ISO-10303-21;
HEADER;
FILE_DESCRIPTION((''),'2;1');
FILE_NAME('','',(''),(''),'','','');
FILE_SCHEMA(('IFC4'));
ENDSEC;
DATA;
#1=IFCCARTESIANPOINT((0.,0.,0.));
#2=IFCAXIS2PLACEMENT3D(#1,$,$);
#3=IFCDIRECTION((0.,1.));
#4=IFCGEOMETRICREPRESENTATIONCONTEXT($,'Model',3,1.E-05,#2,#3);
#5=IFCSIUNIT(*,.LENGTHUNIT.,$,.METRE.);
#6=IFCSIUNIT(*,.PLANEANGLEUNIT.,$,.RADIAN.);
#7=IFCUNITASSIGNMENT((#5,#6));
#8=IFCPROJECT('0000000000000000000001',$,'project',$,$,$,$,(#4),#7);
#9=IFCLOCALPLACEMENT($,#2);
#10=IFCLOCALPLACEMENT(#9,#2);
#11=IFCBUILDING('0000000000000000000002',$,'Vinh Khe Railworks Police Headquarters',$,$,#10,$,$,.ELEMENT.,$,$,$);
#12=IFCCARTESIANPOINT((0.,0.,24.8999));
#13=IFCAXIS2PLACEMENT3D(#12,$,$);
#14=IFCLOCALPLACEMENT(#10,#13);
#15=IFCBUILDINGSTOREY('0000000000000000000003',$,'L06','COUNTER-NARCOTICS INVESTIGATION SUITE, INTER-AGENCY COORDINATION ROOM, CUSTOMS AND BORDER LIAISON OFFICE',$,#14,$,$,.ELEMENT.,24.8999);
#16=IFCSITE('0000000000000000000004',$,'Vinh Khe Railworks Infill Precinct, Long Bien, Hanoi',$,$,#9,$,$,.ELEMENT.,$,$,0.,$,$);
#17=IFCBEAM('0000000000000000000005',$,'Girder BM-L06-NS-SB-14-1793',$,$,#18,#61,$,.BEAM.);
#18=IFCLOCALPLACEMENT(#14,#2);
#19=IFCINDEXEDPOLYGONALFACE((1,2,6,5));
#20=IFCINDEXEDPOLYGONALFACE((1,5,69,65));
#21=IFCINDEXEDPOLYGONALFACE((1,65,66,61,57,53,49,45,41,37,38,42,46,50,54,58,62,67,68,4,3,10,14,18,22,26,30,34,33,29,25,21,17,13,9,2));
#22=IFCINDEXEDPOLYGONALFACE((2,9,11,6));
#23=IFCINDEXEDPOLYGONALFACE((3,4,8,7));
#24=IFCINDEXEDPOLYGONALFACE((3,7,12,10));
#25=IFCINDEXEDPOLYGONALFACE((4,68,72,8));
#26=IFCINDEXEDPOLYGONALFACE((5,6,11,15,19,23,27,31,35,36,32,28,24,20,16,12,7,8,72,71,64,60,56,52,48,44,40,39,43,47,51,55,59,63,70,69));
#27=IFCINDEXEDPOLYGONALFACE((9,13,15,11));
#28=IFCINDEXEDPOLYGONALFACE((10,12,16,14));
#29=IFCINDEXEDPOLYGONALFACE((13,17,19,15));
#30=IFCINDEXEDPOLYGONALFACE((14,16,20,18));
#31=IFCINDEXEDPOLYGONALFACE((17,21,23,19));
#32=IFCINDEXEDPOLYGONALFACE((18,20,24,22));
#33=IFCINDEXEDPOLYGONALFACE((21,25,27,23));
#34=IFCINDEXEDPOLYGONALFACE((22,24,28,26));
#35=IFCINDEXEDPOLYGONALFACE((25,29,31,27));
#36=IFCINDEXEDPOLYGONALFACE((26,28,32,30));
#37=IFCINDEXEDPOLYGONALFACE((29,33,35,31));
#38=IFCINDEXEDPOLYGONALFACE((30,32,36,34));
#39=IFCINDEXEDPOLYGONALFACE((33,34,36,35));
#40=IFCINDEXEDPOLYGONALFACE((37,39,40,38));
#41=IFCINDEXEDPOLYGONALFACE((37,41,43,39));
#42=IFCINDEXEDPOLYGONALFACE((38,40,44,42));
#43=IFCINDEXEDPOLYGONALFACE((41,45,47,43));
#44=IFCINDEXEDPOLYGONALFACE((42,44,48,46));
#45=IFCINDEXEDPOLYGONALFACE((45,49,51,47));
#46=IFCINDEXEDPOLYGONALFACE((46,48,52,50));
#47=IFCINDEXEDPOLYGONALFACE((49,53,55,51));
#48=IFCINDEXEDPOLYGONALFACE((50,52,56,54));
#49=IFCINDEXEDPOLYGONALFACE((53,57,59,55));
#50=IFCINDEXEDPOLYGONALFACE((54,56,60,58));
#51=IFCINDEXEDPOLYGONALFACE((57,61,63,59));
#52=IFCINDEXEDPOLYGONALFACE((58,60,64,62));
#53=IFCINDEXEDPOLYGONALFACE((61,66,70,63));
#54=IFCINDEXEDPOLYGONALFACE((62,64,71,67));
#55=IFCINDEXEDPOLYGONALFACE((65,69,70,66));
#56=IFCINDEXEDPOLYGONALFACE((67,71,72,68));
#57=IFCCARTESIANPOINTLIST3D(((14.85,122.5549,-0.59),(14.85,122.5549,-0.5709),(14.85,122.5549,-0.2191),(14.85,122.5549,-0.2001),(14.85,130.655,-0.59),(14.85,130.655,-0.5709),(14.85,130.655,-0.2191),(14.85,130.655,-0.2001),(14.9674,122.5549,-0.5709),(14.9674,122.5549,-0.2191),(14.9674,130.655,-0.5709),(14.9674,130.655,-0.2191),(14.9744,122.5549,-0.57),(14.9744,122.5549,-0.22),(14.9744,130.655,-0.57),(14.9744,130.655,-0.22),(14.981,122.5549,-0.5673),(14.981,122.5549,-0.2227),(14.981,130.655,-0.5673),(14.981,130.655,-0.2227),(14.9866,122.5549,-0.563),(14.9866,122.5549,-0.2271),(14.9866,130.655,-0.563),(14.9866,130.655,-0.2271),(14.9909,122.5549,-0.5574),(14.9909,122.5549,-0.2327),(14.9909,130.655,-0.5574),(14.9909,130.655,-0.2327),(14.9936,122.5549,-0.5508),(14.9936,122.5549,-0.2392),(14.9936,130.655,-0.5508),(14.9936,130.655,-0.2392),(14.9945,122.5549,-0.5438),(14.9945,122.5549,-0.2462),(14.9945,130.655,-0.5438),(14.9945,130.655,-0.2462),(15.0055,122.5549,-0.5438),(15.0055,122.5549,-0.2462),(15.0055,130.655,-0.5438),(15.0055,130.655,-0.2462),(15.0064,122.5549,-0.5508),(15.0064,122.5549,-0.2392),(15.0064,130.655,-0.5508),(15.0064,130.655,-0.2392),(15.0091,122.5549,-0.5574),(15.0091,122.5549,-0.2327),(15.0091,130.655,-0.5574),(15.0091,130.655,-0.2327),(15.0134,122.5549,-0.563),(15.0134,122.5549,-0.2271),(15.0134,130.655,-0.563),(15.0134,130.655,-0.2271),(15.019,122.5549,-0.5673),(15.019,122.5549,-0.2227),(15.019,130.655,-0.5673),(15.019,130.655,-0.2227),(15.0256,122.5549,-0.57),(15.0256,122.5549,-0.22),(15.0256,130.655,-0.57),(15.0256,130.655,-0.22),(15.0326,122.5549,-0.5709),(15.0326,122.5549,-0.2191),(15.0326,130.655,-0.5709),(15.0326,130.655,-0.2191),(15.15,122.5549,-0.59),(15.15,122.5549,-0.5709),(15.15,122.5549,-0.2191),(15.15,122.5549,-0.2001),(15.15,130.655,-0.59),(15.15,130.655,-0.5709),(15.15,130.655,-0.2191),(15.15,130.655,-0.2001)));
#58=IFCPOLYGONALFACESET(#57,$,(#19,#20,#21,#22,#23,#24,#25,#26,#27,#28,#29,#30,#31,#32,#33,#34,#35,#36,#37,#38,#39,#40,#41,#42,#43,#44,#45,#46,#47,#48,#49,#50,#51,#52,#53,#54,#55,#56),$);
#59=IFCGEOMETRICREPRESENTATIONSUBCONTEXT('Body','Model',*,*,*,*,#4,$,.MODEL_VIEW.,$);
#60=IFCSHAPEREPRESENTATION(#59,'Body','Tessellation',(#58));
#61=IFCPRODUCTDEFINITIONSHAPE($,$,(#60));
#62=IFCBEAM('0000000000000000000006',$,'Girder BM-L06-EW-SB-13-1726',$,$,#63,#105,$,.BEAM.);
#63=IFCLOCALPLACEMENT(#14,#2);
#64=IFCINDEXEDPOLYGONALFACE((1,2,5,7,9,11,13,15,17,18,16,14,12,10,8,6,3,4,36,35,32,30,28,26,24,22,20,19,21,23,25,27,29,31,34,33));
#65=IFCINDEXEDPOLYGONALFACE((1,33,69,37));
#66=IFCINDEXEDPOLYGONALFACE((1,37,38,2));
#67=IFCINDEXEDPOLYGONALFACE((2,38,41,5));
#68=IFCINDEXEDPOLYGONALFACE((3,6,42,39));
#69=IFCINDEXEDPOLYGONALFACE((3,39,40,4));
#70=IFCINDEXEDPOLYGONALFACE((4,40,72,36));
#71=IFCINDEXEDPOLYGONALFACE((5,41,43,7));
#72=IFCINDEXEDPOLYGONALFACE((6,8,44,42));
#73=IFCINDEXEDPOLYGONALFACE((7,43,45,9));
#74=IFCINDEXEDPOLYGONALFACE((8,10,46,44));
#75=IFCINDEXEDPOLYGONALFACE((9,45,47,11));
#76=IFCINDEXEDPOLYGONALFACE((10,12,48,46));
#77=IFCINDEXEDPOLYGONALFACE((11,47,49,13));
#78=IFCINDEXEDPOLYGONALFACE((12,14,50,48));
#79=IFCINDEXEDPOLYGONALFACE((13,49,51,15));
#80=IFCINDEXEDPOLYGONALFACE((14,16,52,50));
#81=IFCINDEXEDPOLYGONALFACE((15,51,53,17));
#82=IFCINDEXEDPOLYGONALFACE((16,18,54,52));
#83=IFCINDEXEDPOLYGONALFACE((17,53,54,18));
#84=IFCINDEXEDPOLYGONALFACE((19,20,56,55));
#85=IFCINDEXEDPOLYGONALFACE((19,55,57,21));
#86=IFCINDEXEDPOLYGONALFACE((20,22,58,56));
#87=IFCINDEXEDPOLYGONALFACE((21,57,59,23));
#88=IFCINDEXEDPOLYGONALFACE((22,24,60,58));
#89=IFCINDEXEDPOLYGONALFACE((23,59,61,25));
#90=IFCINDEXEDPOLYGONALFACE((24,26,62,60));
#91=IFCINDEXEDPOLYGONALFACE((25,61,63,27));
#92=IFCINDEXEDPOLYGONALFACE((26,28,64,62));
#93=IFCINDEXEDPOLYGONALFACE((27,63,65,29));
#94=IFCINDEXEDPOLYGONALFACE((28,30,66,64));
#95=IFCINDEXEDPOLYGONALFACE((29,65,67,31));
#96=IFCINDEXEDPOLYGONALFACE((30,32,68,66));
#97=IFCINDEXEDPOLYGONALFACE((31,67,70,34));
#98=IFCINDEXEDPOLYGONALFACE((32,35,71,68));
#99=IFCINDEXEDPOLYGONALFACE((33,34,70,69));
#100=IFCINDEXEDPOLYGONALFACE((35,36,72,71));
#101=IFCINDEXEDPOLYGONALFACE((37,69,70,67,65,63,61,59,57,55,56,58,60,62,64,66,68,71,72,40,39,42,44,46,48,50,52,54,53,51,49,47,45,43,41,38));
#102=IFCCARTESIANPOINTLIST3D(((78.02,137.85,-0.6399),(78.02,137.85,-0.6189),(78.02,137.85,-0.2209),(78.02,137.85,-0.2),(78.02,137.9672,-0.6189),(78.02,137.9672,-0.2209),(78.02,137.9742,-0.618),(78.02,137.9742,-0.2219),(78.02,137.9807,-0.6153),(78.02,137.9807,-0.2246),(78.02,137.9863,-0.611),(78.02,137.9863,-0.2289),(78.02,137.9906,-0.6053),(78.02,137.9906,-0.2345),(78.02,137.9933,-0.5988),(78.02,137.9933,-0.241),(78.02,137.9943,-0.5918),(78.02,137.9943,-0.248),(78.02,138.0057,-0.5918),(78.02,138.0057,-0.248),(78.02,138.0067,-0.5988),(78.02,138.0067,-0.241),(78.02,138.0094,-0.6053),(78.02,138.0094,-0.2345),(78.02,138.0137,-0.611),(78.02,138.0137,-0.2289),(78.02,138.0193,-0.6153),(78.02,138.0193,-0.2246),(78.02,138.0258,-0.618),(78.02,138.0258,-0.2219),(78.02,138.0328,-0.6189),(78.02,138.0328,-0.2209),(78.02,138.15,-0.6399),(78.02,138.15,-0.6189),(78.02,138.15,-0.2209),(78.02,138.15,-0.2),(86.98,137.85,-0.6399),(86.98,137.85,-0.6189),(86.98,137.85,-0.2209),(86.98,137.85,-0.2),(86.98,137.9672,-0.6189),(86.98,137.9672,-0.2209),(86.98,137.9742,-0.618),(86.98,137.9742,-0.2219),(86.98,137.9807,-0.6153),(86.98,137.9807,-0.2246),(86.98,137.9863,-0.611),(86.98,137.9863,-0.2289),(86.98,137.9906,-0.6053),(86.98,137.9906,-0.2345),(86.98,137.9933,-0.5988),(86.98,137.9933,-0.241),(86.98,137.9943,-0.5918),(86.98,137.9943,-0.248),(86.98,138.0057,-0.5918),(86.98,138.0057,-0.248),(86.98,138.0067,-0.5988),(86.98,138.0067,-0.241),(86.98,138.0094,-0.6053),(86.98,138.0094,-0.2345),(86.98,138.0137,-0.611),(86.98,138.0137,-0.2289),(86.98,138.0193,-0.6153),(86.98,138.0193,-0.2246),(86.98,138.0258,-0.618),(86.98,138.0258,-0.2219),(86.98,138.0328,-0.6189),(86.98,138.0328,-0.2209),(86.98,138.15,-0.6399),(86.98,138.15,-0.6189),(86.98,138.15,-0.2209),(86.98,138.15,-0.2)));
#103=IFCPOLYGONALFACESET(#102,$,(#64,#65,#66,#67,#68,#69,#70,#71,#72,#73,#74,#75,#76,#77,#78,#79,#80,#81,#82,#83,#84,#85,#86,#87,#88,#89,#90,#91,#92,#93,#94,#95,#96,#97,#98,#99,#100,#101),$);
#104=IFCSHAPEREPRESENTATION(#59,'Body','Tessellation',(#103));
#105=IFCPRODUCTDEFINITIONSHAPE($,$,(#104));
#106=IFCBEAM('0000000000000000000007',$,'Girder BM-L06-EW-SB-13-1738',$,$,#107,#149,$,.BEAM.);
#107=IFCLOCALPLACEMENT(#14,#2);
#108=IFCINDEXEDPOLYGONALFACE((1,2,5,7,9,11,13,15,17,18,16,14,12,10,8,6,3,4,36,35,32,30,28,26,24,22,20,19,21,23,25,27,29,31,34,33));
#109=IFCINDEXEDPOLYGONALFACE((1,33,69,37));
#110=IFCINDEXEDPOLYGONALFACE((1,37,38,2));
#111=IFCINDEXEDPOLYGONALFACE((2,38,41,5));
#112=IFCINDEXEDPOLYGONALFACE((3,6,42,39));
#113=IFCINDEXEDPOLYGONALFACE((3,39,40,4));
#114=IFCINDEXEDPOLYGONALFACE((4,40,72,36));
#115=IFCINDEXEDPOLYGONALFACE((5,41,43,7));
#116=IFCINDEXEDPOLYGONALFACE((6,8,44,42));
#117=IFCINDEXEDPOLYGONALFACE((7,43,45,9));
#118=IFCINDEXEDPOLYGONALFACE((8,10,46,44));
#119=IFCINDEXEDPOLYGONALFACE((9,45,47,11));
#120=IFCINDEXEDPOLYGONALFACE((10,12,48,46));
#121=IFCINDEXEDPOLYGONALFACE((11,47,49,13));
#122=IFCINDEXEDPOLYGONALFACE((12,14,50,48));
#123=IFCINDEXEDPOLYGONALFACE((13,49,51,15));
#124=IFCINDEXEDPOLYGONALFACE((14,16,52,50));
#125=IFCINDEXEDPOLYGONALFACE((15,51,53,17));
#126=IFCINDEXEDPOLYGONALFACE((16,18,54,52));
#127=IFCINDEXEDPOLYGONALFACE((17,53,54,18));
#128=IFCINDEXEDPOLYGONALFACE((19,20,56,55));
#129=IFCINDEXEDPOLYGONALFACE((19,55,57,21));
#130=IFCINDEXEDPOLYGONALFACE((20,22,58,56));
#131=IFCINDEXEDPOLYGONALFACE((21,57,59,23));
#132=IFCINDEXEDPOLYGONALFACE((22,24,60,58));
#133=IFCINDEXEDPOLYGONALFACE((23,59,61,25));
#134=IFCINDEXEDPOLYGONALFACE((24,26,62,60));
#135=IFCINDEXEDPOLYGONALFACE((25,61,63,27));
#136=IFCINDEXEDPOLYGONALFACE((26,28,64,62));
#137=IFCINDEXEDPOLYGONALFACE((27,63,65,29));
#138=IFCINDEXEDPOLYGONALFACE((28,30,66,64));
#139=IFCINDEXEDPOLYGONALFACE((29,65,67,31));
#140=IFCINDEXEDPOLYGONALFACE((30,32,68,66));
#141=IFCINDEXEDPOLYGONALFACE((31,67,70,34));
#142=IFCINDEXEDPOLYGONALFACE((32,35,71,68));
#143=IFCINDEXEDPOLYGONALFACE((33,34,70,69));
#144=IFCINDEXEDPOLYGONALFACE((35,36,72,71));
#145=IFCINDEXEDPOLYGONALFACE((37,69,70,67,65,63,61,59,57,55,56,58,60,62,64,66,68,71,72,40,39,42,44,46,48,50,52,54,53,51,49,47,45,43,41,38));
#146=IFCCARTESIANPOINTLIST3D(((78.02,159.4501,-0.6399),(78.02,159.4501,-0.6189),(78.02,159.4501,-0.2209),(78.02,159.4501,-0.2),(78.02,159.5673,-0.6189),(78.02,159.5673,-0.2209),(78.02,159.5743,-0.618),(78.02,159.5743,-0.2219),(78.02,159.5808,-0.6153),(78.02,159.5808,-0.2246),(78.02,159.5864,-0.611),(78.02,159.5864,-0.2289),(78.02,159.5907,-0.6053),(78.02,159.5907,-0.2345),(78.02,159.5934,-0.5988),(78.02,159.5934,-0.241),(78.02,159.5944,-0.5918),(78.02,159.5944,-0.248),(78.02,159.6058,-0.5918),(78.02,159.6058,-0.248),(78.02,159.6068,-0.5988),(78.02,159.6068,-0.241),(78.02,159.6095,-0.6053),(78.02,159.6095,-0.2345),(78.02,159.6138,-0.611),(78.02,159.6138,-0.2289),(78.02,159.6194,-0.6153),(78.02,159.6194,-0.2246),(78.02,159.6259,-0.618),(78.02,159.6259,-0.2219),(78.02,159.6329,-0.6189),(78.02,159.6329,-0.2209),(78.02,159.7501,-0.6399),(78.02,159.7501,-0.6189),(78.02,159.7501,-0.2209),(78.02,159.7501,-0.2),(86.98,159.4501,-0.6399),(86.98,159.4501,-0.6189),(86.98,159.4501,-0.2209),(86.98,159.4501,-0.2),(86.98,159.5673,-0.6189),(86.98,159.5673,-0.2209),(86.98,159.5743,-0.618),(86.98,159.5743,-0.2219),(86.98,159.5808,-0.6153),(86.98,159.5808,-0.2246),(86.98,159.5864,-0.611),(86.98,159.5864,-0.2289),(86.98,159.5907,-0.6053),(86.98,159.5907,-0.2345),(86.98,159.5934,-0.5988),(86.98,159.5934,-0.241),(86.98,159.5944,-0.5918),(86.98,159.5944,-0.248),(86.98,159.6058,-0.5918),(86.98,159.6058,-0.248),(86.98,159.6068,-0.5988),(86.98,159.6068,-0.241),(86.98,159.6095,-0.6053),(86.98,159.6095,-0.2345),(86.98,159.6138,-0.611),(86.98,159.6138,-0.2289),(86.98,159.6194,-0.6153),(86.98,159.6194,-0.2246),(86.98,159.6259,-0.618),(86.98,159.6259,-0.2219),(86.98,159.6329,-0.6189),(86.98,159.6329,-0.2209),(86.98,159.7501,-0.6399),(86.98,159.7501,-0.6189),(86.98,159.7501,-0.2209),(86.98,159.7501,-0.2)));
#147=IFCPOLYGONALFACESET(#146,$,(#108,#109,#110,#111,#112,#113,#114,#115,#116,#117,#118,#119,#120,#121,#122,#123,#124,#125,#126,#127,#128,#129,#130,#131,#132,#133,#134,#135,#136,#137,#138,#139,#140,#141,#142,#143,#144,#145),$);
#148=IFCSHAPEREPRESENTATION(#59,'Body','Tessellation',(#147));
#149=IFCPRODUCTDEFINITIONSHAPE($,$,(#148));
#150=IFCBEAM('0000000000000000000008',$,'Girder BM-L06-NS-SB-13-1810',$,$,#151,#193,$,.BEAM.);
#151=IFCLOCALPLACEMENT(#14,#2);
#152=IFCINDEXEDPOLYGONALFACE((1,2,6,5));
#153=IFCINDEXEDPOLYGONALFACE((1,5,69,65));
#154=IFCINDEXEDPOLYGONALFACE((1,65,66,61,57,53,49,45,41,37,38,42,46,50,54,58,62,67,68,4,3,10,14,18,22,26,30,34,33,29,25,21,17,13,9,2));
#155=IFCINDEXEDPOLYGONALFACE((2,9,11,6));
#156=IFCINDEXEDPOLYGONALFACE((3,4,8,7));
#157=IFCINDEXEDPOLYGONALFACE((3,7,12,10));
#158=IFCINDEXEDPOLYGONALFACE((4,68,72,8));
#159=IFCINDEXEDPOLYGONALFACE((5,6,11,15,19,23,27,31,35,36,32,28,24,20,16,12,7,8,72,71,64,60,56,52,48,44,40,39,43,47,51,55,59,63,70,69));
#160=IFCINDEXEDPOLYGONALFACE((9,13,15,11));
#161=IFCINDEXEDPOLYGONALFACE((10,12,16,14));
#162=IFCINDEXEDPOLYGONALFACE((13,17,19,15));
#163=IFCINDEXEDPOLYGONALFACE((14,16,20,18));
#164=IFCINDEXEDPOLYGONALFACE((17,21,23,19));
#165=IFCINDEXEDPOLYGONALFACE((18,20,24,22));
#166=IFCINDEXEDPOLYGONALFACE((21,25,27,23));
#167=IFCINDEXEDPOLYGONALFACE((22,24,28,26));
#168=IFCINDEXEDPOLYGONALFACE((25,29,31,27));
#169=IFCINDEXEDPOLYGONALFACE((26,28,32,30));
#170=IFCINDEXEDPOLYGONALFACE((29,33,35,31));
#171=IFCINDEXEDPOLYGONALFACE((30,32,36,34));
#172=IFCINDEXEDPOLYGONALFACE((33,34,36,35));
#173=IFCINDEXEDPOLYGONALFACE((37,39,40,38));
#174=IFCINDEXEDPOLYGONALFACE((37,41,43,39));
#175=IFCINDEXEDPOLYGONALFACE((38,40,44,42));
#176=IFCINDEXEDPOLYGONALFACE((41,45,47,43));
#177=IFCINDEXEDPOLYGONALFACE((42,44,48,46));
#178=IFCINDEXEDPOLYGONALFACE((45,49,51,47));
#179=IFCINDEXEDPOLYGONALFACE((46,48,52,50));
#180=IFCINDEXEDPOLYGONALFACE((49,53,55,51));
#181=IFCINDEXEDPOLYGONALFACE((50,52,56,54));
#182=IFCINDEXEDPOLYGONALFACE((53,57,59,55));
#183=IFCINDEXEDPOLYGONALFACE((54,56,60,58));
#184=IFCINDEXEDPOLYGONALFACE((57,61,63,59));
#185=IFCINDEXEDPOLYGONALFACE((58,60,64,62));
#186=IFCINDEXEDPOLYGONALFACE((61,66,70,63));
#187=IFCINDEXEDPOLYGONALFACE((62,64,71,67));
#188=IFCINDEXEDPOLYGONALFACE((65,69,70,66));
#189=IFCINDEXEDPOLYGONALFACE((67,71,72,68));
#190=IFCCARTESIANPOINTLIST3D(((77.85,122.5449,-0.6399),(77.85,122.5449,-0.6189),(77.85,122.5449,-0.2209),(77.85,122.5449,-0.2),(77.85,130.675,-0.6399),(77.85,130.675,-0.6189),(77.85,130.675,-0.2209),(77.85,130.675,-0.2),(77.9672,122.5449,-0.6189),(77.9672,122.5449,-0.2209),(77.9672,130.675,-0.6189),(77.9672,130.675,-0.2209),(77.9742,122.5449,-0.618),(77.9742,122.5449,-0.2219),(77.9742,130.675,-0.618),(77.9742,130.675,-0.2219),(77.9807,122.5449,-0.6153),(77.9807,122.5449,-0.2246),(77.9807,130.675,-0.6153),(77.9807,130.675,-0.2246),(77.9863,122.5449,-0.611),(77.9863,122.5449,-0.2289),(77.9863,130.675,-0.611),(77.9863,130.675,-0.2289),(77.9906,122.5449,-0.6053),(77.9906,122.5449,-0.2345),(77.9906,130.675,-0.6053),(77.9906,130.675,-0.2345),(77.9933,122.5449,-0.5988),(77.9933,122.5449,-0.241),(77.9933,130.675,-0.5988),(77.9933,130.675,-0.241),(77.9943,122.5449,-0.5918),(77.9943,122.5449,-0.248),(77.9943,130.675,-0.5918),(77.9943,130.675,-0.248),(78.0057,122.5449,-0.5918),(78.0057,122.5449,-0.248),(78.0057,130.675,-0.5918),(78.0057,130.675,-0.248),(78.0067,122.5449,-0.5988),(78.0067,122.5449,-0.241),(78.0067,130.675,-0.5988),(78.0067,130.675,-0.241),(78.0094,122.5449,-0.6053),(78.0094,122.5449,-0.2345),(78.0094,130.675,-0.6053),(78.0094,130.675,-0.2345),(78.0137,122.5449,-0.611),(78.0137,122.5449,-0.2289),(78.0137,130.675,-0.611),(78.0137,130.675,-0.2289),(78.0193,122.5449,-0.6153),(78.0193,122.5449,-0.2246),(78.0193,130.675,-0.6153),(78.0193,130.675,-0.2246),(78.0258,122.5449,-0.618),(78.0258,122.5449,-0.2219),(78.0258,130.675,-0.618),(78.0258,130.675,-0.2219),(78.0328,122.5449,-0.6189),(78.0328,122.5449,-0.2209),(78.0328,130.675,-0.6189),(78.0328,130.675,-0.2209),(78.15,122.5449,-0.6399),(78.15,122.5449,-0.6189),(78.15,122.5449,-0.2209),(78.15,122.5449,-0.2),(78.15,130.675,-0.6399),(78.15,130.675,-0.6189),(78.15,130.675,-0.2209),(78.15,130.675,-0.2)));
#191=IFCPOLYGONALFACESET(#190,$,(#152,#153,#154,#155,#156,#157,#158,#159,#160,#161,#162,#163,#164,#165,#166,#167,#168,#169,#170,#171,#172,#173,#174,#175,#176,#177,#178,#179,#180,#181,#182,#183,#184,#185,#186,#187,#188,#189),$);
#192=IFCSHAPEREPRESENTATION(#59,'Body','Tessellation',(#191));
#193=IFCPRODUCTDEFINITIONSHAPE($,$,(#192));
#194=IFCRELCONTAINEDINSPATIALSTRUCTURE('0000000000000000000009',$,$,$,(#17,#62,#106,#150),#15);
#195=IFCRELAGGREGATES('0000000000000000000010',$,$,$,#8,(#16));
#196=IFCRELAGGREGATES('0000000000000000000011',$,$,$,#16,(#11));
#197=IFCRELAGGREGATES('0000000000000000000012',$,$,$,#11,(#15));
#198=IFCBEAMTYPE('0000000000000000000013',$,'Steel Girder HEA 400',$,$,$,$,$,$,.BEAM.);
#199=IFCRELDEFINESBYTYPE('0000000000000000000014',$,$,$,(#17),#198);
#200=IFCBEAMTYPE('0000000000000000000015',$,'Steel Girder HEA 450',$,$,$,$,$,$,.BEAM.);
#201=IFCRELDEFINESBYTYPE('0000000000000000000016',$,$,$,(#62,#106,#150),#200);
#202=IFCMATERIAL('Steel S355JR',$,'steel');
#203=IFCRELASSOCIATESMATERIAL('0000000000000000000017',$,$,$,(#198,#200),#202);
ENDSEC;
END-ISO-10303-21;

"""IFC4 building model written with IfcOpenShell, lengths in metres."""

from ifc_helpers import new_model, si_unit, direction, frame, origin, origin_2d, place, context, subcontext, project, spatial, i_section, extrude, material, material_profile, profile_set, type_object, element, save


model = new_model("IFC4")

# Units and contexts
model_context = context("Model", 3, precision=1e-05, world=origin(), true_north=direction((0.0, 1.0)))
body_context = subcontext(model_context, "Body", "Model", "MODEL_VIEW")
ifc_project = project(units=[si_unit("LENGTHUNIT", "METRE"), si_unit("PLANEANGLEUNIT", "RADIAN")], contexts=[model_context])

# Site, building, storey
site_placement = place(None, origin())
site = spatial("IfcSite", under=ifc_project, at=site_placement, Name="Vinh Khe Railworks Infill Precinct, Long Bien, Hanoi", CompositionType="ELEMENT", RefElevation=0.0)
building_placement = place(site_placement, origin())
building = spatial("IfcBuilding", under=site, at=building_placement, Name="Vinh Khe Railworks Police Headquarters", CompositionType="ELEMENT")
storey_placement = place(building_placement, frame((0.0, 0.0, 24.8999)))
storey = spatial("IfcBuildingStorey", under=building, at=storey_placement, Name="L06", Description="COUNTER-NARCOTICS INVESTIGATION SUITE, INTER-AGENCY COORDINATION ROOM, CUSTOMS AND BORDER LIAISON OFFICE", CompositionType="ELEMENT", Elevation=24.8999)

# Beams
ifc_material_1 = material(Name="Steel S355JR", Category="steel")
ifc_material_profile_1 = material_profile(ifc_material_1, i_section(OverallWidth=0.3, OverallDepth=0.3899, WebThickness=0.011, FlangeThickness=0.019, FilletRadius=0.0271, at=origin_2d()), Name="HEA 400")
ifc_profile_set_1 = profile_set([ifc_material_profile_1], Name="Steel S355JR")
beam_type_1 = type_object("IfcBeamType", Name="Steel Girder HEA 400", PredefinedType="BEAM", material=ifc_profile_set_1)
beam_1_placement = place(storey_placement, frame((15.0, 122.5549, -0.395), z_axis=(0.0, 1.0, 0.0), x_axis=(-1.0, 0.0, 0.0)))
element("IfcBeam", 1, at=beam_1_placement, inside=storey, type_object=beam_type_1, Name="Girder BM-L06-NS-SB-14-1793", PredefinedType="BEAM", context=body_context, shape_type="SweptSolid", body=[
    extrude(i_section(OverallWidth=0.3, OverallDepth=0.3899, WebThickness=0.011, FlangeThickness=0.019, FilletRadius=0.0271, at=origin_2d()), origin(), (0.0, 0.0, 1.0), 8.1001),
])
ifc_material_profile_2 = material_profile(ifc_material_1, i_section(OverallWidth=0.3, OverallDepth=0.4399, WebThickness=0.0115, FlangeThickness=0.021, FilletRadius=0.0271, at=origin_2d()), Name="HEA 450")
ifc_profile_set_2 = profile_set([ifc_material_profile_2], Name="Steel S355JR")
beam_type_2 = type_object("IfcBeamType", Name="Steel Girder HEA 450", PredefinedType="BEAM", material=ifc_profile_set_2)
for number, where, z_axis, x_axis, name in (
    (2, (78.02, 138.0, -0.4199), (1.0, 0.0, 0.0), (0.0, 1.0, 0.0), "Girder BM-L06-EW-SB-13-1726"),
    (3, (78.02, 159.6001, -0.4199), (1.0, 0.0, 0.0), (0.0, 1.0, 0.0), "Girder BM-L06-EW-SB-13-1738"),
):
    element("IfcBeam", number, at=place(storey_placement, frame(where, z_axis=z_axis, x_axis=x_axis)), inside=storey, type_object=beam_type_2, Name=name, PredefinedType="BEAM", context=body_context, shape_type="SweptSolid", body=[
        extrude(i_section(OverallWidth=0.3, OverallDepth=0.4399, WebThickness=0.0115, FlangeThickness=0.021, FilletRadius=0.0271, at=origin_2d()), origin(), (0.0, 0.0, 1.0), 8.96),
    ])
for number, where, z_axis, x_axis, name in (
    (4, (78.0, 122.5449, -0.4199), (0.0, 1.0, 0.0), (-1.0, 0.0, 0.0), "Girder BM-L06-NS-SB-13-1810"),
):
    element("IfcBeam", number, at=place(storey_placement, frame(where, z_axis=z_axis, x_axis=x_axis)), inside=storey, type_object=beam_type_2, Name=name, PredefinedType="BEAM", context=body_context, shape_type="SweptSolid", body=[
        extrude(i_section(OverallWidth=0.3, OverallDepth=0.4399, WebThickness=0.0115, FlangeThickness=0.021, FilletRadius=0.0271, at=origin_2d()), origin(), (0.0, 0.0, 1.0), 8.1301),
    ])

save(model, "model.ifc")
